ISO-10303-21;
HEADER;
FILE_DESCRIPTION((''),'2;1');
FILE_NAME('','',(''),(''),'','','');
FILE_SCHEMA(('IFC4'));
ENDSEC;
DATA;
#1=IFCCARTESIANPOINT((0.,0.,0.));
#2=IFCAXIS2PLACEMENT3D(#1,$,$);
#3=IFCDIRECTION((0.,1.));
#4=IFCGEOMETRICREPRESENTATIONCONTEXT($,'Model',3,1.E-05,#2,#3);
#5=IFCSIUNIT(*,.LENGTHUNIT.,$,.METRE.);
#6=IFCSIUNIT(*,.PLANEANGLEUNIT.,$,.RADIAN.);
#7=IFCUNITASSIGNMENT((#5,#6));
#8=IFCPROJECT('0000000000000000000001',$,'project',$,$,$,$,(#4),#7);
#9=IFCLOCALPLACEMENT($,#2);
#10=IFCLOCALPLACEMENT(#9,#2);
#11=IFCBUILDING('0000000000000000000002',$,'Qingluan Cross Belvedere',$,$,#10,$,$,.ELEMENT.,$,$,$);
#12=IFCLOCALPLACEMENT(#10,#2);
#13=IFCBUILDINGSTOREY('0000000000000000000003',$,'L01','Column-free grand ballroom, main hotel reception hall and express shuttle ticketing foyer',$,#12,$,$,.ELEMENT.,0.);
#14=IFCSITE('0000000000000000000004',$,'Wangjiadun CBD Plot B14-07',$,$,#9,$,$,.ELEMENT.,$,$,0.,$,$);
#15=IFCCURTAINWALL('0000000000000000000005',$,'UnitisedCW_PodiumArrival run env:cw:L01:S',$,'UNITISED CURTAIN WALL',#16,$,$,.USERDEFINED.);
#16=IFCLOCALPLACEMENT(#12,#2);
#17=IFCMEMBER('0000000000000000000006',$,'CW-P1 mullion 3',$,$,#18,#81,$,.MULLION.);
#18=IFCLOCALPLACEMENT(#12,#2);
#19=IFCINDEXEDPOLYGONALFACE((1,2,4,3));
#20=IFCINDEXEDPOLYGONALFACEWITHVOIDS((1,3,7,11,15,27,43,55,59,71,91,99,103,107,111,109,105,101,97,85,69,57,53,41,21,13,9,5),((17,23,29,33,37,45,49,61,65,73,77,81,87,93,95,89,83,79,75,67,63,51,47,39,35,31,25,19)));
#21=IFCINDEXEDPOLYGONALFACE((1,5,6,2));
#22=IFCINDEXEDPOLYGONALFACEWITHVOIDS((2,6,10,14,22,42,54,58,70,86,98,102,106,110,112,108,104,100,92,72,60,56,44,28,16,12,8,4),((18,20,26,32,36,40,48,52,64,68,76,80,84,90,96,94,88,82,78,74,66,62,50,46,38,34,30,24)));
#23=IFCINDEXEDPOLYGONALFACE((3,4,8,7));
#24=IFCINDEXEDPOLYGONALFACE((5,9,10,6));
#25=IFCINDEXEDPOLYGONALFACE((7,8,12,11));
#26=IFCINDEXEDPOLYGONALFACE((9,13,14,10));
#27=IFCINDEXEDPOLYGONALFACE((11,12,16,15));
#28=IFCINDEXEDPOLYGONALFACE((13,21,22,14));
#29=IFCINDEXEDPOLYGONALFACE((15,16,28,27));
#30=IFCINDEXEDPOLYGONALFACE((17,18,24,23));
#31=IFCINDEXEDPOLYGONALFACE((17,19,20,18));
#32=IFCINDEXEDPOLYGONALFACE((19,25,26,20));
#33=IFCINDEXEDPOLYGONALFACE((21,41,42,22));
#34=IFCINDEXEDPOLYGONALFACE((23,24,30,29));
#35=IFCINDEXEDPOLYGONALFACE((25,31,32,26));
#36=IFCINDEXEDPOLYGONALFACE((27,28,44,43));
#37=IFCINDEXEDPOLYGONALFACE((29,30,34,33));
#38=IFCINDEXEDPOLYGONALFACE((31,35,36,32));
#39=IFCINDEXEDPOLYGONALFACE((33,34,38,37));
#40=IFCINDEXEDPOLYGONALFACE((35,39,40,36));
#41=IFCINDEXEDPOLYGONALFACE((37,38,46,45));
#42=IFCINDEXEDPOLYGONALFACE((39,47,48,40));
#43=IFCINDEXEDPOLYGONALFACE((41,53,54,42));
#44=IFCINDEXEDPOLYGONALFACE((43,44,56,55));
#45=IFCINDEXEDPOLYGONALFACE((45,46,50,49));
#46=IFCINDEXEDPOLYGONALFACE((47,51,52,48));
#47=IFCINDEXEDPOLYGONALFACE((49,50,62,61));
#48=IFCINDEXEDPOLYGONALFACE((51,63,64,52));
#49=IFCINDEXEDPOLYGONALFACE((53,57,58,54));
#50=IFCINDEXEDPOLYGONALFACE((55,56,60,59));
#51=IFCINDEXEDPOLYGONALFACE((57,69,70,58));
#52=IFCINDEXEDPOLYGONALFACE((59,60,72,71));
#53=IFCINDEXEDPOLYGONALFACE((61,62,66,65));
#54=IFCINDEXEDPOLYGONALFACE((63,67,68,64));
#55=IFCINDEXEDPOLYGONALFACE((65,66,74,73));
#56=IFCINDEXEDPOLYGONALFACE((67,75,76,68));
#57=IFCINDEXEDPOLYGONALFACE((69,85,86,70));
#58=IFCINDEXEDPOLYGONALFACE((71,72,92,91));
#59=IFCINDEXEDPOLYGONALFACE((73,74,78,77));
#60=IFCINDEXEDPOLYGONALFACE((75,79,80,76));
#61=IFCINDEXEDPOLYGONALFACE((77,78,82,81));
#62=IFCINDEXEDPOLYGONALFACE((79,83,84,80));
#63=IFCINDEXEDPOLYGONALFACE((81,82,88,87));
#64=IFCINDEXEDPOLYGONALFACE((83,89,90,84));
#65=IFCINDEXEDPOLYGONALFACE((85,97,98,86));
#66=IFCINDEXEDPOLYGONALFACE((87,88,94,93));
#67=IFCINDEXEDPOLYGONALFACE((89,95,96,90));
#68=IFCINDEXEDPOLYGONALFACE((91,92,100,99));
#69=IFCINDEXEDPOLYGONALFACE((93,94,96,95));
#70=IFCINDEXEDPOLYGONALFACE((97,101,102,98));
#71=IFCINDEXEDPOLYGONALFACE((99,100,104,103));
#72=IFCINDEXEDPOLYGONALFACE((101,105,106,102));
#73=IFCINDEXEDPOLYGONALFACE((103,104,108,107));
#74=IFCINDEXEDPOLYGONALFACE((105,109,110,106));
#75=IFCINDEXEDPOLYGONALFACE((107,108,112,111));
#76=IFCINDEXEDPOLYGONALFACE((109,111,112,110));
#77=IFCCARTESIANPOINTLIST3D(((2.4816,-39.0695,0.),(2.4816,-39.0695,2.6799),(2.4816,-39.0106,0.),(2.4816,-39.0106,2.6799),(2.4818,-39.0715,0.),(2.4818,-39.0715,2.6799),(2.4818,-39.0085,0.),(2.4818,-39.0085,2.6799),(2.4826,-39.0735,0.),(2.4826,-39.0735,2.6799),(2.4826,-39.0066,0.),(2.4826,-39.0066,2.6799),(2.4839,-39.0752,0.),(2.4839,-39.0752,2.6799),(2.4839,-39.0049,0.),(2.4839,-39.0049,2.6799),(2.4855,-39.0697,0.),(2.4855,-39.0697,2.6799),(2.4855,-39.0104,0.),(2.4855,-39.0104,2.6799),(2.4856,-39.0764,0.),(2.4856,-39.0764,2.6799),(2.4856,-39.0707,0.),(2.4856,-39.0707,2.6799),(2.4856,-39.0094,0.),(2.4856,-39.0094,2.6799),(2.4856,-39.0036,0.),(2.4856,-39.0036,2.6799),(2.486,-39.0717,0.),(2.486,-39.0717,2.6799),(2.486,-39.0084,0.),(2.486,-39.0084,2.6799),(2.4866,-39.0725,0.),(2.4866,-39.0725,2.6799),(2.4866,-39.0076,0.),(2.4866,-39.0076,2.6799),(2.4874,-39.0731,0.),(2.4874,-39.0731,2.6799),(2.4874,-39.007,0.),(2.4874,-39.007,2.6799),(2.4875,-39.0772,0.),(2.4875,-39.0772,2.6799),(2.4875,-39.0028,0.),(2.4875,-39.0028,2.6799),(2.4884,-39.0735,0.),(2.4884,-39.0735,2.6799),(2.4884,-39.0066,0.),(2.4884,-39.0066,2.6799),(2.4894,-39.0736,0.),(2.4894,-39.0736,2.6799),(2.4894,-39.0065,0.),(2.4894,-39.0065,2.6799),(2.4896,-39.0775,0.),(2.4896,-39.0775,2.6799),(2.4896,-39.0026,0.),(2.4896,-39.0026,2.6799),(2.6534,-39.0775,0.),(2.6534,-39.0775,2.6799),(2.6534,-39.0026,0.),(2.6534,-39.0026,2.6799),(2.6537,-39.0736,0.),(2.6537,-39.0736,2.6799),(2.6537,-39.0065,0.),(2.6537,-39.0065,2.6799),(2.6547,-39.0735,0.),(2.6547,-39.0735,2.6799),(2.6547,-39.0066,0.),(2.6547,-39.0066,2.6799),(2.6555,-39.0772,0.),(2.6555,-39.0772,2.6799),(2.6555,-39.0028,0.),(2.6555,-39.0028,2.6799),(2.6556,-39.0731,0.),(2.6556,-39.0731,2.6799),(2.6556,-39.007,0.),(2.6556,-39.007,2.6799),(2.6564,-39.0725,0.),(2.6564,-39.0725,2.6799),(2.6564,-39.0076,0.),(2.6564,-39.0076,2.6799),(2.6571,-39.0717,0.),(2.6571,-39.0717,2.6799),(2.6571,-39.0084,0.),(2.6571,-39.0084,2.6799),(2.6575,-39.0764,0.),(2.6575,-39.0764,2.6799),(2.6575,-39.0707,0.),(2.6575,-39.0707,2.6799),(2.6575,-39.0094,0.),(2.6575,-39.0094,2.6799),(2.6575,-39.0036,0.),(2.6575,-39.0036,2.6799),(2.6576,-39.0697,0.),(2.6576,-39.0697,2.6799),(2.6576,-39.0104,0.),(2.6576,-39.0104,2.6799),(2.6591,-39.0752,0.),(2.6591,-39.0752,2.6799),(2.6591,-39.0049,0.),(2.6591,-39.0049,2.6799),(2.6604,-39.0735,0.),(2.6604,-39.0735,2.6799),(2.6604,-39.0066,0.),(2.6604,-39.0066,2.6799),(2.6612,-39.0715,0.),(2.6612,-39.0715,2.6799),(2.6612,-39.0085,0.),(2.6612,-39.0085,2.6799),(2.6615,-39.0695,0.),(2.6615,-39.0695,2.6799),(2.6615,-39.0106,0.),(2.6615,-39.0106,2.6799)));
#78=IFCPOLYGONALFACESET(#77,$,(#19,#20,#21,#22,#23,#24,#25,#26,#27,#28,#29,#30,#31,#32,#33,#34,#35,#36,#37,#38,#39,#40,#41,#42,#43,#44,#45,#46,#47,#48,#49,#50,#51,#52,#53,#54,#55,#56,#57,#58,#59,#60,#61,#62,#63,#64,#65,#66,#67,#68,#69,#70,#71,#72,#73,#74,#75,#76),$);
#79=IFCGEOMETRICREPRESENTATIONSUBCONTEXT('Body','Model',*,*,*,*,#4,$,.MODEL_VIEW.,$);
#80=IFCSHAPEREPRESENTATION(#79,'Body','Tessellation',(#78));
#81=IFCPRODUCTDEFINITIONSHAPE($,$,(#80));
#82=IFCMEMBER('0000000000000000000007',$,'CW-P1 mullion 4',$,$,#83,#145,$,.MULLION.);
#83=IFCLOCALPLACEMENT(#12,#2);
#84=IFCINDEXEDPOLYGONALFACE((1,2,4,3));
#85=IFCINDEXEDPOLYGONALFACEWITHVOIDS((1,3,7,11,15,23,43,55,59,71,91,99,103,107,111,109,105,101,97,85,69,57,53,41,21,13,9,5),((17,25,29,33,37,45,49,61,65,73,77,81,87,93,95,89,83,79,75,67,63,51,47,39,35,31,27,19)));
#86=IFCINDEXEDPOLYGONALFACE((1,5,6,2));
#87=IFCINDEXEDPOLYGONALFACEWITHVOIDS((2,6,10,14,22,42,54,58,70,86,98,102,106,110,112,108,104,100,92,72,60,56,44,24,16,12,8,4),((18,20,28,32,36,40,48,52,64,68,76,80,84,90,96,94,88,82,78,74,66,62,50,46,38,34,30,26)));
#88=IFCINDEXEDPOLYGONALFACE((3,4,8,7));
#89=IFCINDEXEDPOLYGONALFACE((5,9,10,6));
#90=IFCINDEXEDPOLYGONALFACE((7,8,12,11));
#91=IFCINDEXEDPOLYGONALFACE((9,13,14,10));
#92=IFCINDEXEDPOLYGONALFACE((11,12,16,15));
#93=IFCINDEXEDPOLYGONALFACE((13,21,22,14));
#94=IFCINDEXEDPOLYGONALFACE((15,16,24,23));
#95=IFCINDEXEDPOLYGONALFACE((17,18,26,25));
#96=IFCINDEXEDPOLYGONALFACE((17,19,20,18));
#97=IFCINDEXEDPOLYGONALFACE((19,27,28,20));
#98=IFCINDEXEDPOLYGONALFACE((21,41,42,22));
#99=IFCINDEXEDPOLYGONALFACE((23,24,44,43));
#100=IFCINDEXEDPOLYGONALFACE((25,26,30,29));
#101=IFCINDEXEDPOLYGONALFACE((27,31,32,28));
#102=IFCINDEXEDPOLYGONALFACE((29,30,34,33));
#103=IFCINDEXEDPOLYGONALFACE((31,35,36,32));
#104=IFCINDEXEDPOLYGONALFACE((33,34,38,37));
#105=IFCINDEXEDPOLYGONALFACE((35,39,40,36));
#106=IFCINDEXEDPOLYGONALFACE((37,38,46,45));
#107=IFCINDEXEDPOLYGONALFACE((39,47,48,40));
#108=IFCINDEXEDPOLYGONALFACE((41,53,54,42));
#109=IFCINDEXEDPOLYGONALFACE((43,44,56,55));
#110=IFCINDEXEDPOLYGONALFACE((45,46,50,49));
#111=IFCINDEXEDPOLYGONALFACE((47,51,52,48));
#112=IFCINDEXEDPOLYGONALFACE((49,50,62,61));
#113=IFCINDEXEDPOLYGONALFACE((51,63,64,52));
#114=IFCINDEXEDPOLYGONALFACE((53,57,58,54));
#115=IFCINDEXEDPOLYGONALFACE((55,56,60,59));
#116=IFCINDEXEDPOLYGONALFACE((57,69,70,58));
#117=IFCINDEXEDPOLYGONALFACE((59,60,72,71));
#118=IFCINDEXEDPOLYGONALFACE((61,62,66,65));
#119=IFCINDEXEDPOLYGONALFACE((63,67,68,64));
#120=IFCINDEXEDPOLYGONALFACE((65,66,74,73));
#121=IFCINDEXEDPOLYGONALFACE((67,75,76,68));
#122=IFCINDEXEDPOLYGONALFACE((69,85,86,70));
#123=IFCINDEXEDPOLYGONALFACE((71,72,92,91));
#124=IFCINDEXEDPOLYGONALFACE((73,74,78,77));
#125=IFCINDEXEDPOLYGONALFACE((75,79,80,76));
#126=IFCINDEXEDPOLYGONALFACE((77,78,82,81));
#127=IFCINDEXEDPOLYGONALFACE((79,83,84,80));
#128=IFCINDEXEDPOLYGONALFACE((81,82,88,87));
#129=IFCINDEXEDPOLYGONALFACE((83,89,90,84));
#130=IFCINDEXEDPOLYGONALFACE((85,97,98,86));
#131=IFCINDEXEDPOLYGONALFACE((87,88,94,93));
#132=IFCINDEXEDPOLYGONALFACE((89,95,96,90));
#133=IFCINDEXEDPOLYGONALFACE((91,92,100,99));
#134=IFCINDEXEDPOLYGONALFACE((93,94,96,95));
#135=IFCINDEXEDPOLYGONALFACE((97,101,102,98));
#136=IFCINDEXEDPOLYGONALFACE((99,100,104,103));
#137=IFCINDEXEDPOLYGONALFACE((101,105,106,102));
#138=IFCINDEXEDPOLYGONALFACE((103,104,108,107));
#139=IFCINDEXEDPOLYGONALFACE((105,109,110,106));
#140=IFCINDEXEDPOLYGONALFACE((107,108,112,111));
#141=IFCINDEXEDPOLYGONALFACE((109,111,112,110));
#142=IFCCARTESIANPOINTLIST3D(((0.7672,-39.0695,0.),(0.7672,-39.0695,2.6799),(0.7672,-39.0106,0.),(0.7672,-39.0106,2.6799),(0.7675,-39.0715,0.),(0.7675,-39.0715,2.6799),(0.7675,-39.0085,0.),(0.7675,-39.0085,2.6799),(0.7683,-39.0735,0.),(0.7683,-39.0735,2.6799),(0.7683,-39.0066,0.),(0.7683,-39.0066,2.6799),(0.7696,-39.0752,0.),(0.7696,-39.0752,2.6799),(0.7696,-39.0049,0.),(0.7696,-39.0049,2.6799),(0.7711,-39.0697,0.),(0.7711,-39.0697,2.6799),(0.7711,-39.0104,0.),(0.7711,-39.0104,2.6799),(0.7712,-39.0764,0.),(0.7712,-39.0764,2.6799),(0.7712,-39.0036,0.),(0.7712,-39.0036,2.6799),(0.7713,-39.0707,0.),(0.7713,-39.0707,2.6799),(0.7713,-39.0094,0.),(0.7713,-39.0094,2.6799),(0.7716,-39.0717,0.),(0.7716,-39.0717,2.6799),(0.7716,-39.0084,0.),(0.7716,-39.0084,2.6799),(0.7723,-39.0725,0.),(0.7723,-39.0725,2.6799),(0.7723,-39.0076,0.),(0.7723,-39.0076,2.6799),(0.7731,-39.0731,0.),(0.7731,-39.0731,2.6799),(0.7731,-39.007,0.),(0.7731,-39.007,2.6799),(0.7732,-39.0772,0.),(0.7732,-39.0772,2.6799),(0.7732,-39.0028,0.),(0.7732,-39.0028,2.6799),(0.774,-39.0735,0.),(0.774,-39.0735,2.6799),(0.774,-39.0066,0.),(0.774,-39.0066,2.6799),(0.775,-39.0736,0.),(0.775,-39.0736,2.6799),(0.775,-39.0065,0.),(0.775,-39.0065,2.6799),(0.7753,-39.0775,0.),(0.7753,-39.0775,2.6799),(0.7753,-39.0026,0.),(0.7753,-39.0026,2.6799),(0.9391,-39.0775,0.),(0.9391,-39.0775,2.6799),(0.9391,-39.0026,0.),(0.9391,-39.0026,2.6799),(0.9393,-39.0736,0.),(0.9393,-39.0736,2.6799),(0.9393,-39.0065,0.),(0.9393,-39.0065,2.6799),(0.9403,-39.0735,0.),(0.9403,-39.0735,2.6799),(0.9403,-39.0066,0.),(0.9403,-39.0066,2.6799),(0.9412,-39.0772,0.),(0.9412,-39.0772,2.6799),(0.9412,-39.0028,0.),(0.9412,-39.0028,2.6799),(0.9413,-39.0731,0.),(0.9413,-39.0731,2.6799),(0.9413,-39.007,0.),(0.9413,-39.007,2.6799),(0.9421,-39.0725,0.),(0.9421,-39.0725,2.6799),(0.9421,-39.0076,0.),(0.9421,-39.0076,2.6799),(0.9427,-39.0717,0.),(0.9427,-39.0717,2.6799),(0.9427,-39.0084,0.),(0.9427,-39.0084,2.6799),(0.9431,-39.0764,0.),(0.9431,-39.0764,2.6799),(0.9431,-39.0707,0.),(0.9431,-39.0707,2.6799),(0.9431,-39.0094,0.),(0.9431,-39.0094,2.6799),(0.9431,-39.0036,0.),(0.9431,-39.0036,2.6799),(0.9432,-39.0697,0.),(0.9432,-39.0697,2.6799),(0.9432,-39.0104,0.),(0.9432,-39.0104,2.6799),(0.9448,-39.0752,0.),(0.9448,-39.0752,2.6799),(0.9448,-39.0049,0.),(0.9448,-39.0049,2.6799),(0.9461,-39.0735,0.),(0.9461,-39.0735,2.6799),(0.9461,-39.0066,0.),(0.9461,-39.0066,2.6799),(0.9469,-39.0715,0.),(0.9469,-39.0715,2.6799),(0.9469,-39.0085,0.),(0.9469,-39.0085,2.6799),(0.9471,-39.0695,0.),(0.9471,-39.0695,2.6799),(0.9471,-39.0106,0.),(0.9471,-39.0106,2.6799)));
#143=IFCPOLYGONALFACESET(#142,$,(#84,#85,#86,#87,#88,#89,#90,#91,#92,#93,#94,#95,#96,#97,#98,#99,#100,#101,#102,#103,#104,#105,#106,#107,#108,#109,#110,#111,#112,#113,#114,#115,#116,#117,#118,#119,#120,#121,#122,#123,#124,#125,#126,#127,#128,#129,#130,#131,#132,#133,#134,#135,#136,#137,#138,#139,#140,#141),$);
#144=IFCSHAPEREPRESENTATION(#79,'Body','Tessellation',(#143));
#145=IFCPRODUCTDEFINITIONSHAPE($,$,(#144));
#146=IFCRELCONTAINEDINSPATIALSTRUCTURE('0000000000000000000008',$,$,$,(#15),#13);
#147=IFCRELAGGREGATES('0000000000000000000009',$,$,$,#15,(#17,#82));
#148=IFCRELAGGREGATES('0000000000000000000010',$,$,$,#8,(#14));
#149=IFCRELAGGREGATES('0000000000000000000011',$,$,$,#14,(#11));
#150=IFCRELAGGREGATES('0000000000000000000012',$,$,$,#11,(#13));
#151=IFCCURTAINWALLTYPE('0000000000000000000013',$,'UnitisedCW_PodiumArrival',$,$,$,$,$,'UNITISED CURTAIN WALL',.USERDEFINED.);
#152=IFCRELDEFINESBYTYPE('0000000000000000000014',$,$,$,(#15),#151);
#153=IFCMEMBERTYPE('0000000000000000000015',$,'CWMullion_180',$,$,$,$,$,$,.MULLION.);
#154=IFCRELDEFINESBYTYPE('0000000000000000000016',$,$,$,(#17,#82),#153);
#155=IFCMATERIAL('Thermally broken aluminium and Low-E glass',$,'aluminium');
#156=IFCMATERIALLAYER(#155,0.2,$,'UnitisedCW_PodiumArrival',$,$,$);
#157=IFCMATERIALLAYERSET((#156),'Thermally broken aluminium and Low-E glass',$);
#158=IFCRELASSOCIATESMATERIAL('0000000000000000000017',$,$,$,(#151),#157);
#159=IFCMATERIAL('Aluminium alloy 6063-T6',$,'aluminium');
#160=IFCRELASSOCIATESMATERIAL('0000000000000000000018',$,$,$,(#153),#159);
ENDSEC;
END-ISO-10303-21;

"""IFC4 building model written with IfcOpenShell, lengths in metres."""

from ifc_helpers import new_model, si_unit, direction, frame, origin, origin_2d, place, context, subcontext, project, spatial, hollow_rectangle, extrude, material, layer, layer_set, material_profile, profile_set, type_object, element, aggregate, save


model = new_model("IFC4")

# Units and contexts
model_context = context("Model", 3, precision=1e-05, world=origin(), true_north=direction((0.0, 1.0)))
body_context = subcontext(model_context, "Body", "Model", "MODEL_VIEW")
ifc_project = project(units=[si_unit("LENGTHUNIT", "METRE"), si_unit("PLANEANGLEUNIT", "RADIAN")], contexts=[model_context])

# Site, building, storey
site_placement = place(None, origin())
site = spatial("IfcSite", under=ifc_project, at=site_placement, Name="Wangjiadun CBD Plot B14-07", CompositionType="ELEMENT", RefElevation=0.0)
building_placement = place(site_placement, origin())
building = spatial("IfcBuilding", under=site, at=building_placement, Name="Qingluan Cross Belvedere", CompositionType="ELEMENT")
storey_placement = place(building_placement, origin())
storey = spatial("IfcBuildingStorey", under=building, at=storey_placement, Name="L01", Description="Column-free grand ballroom, main hotel reception hall and express shuttle ticketing foyer", CompositionType="ELEMENT", Elevation=0.0)

# Curtain wall, members
ifc_material_1 = material(Name="Thermally broken aluminium and Low-E glass", Category="aluminium")
ifc_layer_1 = layer(ifc_material_1, 0.2, Name="UnitisedCW_PodiumArrival")
ifc_layer_set_1 = layer_set([ifc_layer_1], Name="Thermally broken aluminium and Low-E glass")
curtain_wall_type = type_object("IfcCurtainWallType", Name="UnitisedCW_PodiumArrival", ElementType="UNITISED CURTAIN WALL", PredefinedType="USERDEFINED", material=ifc_layer_set_1)
curtain_wall_placement = place(storey_placement, origin())
curtain_wall = element("IfcCurtainWall", 1, at=curtain_wall_placement, inside=storey, type_object=curtain_wall_type, Name="UnitisedCW_PodiumArrival run env:cw:L01:S", ObjectType="UNITISED CURTAIN WALL", PredefinedType="USERDEFINED")
ifc_material_2 = material(Name="Aluminium alloy 6063-T6", Category="aluminium")
ifc_material_profile_1 = material_profile(ifc_material_2, hollow_rectangle(XDim=0.075, YDim=0.1799, WallThickness=0.0039, InnerFilletRadius=0.0039, OuterFilletRadius=0.0081, at=origin_2d()), Name="CWM180x75x4")
ifc_profile_set_1 = profile_set([ifc_material_profile_1], Name="Aluminium alloy 6063-T6")
member_type_1 = type_object("IfcMemberType", Name="CWMullion_180", PredefinedType="MULLION", material=ifc_profile_set_1)
member_1_placement = place(storey_placement, frame((2.5715, -39.04, 0.0), z_axis=(0.0, 0.0, 1.0), x_axis=(0.0, -1.0, 0.0)))
member_1 = element("IfcMember", 2, at=member_1_placement, type_object=member_type_1, Name="CW-P1 mullion 3", PredefinedType="MULLION", context=body_context, shape_type="SweptSolid", body=[
    extrude(hollow_rectangle(XDim=0.075, YDim=0.1799, WallThickness=0.0039, InnerFilletRadius=0.0039, OuterFilletRadius=0.0081, at=origin_2d()), origin(), (0.0, 0.0, 1.0), 2.6799),
])
member_2_placement = place(storey_placement, frame((0.8572, -39.04, 0.0), z_axis=(0.0, 0.0, 1.0), x_axis=(0.0, -1.0, 0.0)))
member_2 = element("IfcMember", 3, at=member_2_placement, type_object=member_type_1, Name="CW-P1 mullion 4", PredefinedType="MULLION", context=body_context, shape_type="SweptSolid", body=[
    extrude(hollow_rectangle(XDim=0.075, YDim=0.1799, WallThickness=0.0039, InnerFilletRadius=0.0039, OuterFilletRadius=0.0081, at=origin_2d()), origin(), (0.0, 0.0, 1.0), 2.6799),
])
aggregate(curtain_wall, [member_1, member_2])

save(model, "model.ifc")
